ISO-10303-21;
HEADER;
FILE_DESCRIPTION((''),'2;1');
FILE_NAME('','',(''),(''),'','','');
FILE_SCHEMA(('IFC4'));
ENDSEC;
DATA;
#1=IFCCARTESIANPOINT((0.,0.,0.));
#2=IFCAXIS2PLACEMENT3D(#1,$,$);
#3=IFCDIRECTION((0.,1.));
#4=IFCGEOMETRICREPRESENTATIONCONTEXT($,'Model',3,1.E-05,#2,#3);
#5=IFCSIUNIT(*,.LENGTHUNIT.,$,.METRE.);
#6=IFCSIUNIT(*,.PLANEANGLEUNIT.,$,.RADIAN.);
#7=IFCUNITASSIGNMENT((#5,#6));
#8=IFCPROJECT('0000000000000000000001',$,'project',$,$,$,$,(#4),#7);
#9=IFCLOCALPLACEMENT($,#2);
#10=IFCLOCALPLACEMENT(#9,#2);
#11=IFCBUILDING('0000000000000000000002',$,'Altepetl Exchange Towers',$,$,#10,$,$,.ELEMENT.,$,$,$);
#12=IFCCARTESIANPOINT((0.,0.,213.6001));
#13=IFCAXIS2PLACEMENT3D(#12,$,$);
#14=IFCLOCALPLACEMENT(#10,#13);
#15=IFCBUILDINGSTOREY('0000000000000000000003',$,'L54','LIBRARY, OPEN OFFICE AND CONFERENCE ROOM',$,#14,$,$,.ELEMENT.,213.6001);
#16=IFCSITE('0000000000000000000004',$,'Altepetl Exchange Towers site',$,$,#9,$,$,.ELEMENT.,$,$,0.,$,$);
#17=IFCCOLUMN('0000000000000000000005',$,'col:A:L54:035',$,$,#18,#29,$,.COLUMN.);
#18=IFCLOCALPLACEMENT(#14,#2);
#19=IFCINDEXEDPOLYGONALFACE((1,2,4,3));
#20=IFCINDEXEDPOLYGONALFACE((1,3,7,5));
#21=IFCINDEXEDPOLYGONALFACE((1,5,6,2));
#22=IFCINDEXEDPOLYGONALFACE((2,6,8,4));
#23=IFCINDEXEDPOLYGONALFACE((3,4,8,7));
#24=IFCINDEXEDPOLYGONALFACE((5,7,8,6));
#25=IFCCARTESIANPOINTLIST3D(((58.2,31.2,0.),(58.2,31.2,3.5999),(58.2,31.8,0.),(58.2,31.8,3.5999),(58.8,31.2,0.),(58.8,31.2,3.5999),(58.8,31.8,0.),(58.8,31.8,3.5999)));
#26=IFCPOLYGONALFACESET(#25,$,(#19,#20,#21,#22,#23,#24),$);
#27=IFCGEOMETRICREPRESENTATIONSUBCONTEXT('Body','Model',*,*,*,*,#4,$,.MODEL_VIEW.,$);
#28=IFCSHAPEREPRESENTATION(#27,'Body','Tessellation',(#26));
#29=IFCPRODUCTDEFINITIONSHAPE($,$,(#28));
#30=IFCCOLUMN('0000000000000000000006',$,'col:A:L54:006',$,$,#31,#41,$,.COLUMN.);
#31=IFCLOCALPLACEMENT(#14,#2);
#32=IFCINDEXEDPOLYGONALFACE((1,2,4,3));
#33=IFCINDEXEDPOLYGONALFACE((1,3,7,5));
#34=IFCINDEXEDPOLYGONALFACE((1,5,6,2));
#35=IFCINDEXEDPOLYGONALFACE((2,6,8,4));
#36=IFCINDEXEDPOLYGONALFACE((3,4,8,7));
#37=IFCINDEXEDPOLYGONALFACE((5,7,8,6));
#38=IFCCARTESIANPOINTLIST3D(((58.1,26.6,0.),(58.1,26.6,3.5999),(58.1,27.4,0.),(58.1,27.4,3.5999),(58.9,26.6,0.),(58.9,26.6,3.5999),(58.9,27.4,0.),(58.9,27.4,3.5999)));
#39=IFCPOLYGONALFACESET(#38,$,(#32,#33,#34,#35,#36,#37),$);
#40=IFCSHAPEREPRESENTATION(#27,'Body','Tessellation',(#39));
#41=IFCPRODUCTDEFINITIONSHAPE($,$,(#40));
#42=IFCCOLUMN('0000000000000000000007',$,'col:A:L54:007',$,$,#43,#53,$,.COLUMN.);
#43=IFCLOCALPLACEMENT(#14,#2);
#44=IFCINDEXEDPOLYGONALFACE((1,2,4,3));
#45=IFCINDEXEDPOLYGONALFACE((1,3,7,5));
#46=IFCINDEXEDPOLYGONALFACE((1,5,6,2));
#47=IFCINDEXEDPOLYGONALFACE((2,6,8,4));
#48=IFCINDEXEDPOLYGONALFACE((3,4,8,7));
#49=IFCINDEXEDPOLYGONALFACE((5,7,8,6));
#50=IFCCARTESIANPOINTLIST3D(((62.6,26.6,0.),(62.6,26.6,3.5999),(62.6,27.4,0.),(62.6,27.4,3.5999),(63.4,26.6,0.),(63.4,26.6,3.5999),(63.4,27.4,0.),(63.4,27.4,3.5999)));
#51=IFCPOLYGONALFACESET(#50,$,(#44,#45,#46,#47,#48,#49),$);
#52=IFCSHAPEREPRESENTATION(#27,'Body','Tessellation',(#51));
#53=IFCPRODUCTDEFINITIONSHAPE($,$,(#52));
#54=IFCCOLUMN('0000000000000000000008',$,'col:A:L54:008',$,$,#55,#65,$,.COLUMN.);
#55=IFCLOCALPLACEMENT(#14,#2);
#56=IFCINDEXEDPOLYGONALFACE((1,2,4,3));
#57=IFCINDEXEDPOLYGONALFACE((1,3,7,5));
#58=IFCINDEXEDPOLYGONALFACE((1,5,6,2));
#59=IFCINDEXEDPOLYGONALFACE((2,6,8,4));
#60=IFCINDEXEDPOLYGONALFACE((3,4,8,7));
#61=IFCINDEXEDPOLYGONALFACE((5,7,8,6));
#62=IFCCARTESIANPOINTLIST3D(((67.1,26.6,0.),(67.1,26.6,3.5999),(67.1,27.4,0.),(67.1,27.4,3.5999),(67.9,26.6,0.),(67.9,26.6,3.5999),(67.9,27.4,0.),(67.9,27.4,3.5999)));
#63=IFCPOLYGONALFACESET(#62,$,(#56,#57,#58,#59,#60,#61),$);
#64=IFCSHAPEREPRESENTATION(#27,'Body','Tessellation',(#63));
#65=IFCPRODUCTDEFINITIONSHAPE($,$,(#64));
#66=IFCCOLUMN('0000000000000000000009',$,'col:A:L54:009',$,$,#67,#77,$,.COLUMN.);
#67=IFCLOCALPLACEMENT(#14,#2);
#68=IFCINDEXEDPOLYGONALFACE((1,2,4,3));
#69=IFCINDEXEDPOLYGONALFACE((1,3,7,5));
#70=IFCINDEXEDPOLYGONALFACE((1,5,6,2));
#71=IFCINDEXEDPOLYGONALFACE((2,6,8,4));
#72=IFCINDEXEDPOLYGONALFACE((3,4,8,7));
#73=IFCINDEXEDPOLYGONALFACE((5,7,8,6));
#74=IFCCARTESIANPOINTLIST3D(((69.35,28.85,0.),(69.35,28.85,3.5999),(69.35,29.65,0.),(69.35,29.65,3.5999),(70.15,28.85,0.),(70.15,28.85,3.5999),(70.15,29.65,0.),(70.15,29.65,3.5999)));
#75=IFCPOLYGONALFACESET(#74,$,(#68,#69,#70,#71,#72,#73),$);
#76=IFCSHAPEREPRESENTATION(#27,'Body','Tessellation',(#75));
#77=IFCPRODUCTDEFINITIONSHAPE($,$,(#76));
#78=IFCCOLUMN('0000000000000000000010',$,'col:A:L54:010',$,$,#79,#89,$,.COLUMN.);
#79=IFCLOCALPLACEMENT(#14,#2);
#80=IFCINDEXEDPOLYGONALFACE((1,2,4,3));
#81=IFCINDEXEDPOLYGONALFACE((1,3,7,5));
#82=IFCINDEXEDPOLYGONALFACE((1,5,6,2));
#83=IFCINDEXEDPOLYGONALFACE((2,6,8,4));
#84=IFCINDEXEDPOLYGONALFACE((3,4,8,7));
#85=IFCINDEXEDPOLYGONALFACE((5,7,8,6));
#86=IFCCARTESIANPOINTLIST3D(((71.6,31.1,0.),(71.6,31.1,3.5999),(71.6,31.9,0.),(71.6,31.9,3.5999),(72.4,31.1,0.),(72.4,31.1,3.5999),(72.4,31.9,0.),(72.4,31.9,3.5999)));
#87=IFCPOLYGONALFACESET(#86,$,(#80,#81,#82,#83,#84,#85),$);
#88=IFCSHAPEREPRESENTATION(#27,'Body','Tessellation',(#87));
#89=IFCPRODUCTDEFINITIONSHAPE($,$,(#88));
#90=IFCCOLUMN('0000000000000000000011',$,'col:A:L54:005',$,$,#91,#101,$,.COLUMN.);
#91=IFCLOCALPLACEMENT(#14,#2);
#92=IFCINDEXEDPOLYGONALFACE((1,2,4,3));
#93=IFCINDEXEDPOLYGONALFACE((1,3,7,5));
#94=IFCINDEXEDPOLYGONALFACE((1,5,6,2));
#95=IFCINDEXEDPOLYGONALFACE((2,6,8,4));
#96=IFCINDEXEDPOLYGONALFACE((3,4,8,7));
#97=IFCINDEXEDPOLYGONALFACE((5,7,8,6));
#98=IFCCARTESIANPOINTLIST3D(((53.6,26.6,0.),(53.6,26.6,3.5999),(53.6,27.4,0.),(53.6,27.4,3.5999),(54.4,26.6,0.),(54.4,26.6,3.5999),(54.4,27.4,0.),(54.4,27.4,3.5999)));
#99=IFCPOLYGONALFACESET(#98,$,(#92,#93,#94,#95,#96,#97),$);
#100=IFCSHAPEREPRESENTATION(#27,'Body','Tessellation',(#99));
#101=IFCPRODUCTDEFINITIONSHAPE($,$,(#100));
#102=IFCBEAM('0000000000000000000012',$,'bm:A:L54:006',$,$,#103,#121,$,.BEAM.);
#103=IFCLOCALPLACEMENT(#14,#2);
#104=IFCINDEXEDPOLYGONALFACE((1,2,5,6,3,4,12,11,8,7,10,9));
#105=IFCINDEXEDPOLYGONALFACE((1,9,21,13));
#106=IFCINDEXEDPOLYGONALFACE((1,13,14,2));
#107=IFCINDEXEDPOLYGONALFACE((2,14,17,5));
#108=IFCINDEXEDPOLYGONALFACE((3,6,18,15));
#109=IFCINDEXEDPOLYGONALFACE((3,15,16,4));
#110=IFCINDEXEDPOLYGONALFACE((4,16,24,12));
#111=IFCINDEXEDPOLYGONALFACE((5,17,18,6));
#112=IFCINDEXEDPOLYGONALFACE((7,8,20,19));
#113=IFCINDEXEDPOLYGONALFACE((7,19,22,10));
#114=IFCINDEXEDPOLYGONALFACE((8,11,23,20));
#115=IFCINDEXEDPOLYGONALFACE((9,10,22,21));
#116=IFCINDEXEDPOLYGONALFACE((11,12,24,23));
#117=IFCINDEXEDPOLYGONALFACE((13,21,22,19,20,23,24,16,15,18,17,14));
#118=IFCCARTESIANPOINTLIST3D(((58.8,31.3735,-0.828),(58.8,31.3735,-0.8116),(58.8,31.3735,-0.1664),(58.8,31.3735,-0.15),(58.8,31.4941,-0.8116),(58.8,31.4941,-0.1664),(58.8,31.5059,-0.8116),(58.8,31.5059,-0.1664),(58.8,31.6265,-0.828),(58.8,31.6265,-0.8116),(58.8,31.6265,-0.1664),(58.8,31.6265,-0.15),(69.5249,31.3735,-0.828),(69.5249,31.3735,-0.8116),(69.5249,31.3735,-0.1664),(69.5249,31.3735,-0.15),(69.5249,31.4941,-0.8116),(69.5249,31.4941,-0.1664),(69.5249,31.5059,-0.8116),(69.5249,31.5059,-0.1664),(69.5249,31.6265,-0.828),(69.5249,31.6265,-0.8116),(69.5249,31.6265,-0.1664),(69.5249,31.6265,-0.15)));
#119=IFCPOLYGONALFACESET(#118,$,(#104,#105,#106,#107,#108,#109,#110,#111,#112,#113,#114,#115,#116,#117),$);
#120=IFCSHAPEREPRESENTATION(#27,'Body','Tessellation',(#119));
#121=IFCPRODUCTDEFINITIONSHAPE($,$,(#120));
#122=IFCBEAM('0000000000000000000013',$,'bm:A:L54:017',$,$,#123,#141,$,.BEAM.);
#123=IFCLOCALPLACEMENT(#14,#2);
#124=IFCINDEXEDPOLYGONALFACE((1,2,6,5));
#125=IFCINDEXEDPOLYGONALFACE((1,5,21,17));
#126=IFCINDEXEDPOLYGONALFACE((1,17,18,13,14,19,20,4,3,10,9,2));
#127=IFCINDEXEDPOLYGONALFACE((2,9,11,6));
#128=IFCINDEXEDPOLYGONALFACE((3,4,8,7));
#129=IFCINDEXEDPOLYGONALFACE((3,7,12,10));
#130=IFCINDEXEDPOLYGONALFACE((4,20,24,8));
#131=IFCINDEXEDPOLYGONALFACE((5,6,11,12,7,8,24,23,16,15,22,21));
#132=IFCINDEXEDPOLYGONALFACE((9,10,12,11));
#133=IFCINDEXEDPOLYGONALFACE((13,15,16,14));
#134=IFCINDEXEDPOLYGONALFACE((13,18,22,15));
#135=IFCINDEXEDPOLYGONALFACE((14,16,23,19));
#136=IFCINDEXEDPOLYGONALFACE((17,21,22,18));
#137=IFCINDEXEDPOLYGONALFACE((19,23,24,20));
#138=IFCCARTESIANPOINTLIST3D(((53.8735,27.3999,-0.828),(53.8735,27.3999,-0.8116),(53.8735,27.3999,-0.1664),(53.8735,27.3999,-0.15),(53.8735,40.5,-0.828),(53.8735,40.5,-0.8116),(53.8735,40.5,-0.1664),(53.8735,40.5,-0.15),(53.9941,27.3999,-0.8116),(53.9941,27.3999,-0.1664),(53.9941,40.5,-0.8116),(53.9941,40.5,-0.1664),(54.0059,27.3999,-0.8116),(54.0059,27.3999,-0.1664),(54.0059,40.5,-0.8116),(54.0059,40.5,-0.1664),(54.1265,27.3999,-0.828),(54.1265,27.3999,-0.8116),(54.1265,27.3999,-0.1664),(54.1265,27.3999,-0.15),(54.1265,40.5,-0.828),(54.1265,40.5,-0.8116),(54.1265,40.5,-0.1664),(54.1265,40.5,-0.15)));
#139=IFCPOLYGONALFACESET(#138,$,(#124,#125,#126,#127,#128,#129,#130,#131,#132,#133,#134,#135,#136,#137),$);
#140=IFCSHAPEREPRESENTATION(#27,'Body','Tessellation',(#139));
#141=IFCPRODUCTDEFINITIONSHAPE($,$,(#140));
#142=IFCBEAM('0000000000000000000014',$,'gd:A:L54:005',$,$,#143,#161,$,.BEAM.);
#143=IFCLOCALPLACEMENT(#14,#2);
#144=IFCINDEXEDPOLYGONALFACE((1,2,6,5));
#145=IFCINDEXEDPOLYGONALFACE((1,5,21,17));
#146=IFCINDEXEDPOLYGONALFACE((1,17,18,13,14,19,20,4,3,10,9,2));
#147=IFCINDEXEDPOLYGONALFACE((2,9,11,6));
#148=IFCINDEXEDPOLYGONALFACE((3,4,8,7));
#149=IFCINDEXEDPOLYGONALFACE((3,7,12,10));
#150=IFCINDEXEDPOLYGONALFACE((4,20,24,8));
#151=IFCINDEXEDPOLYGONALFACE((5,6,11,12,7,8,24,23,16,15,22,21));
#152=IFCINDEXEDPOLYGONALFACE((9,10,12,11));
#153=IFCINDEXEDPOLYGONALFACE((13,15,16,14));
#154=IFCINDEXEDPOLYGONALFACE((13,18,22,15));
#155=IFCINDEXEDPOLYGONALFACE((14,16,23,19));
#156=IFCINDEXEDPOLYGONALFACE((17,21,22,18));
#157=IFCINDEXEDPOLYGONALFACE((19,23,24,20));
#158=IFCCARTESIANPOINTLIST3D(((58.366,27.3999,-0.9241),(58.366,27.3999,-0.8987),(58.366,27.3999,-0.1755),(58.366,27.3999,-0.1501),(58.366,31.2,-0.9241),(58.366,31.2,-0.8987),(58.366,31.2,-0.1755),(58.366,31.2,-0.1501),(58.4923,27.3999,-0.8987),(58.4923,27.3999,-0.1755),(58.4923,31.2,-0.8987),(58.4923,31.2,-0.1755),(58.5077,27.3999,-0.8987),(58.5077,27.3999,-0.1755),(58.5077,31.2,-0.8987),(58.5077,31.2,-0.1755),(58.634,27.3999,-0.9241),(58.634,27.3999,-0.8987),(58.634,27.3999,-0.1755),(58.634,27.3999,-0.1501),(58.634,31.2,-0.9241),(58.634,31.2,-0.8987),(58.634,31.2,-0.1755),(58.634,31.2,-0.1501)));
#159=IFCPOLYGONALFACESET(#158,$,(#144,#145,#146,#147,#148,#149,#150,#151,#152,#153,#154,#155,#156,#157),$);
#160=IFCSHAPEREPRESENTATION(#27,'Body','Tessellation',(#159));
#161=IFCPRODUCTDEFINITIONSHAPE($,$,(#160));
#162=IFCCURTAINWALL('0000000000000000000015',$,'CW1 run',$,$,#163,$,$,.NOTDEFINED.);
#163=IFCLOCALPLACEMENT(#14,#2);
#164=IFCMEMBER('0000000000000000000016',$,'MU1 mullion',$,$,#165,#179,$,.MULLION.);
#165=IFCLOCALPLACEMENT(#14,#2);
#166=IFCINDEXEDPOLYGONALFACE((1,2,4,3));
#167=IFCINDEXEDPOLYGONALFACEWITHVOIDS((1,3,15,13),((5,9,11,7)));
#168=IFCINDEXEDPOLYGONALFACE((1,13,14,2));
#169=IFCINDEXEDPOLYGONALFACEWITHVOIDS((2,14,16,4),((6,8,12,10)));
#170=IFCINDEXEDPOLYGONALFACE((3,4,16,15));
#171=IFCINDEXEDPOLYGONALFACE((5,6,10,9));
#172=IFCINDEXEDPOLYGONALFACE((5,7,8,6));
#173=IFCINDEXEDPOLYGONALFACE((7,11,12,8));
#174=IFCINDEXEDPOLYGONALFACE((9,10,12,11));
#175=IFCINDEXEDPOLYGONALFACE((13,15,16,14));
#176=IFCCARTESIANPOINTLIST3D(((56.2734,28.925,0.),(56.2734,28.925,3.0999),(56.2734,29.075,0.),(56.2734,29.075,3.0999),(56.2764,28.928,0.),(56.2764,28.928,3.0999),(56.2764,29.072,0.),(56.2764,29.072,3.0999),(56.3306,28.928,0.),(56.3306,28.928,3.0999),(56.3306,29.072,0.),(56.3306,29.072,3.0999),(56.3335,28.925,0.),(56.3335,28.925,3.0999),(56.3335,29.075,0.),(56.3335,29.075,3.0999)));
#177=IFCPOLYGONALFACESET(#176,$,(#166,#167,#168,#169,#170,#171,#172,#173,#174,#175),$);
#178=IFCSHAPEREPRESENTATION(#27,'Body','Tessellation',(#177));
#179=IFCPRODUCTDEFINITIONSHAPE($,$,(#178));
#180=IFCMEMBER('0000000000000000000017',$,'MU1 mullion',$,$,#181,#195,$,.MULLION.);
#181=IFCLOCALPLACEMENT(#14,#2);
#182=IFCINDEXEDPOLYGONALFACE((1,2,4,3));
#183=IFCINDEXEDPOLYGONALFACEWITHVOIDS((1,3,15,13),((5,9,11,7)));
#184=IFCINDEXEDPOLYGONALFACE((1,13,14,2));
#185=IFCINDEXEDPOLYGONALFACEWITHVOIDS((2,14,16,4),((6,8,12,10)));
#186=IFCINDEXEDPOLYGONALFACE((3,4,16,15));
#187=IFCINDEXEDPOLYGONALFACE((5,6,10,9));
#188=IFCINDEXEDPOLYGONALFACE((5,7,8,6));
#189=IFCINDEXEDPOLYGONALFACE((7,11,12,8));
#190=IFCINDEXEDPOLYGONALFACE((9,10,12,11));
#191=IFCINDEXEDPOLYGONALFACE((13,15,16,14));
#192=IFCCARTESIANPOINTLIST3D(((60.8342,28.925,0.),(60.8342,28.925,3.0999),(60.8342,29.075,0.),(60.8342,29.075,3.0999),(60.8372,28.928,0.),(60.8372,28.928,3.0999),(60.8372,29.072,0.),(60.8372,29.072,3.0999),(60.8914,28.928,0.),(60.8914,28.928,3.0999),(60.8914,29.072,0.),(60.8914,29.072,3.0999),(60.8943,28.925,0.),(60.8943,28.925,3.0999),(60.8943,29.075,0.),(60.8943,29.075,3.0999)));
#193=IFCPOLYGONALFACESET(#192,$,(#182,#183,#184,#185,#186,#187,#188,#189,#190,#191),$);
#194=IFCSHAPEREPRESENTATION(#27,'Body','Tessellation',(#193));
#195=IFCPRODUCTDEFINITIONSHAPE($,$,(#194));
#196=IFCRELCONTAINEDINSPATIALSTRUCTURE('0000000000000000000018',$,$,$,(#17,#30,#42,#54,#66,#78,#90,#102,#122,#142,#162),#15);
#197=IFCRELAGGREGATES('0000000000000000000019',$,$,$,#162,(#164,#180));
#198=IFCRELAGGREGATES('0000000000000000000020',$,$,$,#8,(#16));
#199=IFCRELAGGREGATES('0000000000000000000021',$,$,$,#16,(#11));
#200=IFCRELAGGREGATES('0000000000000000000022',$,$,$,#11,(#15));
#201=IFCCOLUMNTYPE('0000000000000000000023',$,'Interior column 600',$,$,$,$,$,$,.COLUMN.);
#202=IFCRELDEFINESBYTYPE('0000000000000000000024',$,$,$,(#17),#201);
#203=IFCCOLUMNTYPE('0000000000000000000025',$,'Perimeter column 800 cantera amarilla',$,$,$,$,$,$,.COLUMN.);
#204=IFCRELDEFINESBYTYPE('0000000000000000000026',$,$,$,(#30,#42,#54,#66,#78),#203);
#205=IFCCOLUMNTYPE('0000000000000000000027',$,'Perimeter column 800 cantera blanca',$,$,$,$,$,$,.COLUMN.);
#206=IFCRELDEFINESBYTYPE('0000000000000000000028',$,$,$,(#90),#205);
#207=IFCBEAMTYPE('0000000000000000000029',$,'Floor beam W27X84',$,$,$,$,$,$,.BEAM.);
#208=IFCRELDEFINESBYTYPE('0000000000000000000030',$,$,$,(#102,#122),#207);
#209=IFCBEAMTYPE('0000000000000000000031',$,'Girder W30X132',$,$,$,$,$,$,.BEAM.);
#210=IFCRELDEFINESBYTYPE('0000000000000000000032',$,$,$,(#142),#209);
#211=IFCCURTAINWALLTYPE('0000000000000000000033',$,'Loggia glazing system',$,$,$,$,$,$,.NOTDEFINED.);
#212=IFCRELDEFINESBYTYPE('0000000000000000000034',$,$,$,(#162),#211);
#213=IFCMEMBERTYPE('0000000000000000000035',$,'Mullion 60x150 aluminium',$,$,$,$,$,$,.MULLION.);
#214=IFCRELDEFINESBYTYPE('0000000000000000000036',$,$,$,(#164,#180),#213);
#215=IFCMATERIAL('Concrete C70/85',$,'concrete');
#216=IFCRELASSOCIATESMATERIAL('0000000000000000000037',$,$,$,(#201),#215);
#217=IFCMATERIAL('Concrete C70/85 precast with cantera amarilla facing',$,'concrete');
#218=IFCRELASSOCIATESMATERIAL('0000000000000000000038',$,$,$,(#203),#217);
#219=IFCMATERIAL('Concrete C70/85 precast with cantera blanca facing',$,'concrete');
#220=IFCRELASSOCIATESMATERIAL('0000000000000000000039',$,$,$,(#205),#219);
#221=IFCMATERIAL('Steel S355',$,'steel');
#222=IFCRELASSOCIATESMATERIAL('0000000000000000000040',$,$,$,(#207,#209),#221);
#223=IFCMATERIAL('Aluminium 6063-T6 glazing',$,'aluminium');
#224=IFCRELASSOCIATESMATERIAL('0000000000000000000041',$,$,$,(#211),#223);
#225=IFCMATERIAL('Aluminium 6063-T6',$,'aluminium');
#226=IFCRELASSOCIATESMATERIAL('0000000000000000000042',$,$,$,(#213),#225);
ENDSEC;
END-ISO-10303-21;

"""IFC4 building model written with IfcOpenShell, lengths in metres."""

from ifc_helpers import new_model, si_unit, direction, frame, origin, origin_2d, place, context, subcontext, project, spatial, rectangle, hollow_rectangle, i_section, extrude, material, material_profile, profile_set, type_object, element, aggregate, save


model = new_model("IFC4")

# Units and contexts
model_context = context("Model", 3, precision=1e-05, world=origin(), true_north=direction((0.0, 1.0)))
body_context = subcontext(model_context, "Body", "Model", "MODEL_VIEW")
ifc_project = project(units=[si_unit("LENGTHUNIT", "METRE"), si_unit("PLANEANGLEUNIT", "RADIAN")], contexts=[model_context])

# Site, building, storey
site_placement = place(None, origin())
site = spatial("IfcSite", under=ifc_project, at=site_placement, Name="Altepetl Exchange Towers site", CompositionType="ELEMENT", RefElevation=0.0)
building_placement = place(site_placement, origin())
building = spatial("IfcBuilding", under=site, at=building_placement, Name="Altepetl Exchange Towers", CompositionType="ELEMENT")
storey_placement = place(building_placement, frame((0.0, 0.0, 213.6001)))
storey = spatial("IfcBuildingStorey", under=building, at=storey_placement, Name="L54", Description="LIBRARY, OPEN OFFICE AND CONFERENCE ROOM", CompositionType="ELEMENT", Elevation=213.6001)

# Columns
ifc_material_1 = material(Name="Concrete C70/85", Category="concrete")
ifc_material_profile_1 = material_profile(ifc_material_1, rectangle(XDim=0.6001, YDim=0.6001, at=origin_2d()), Name="600 x 600")
ifc_profile_set_1 = profile_set([ifc_material_profile_1], Name="Concrete C70/85")
column_type_1 = type_object("IfcColumnType", Name="Interior column 600", PredefinedType="COLUMN", material=ifc_profile_set_1)
column_1_placement = place(storey_placement, frame((58.5, 31.5, 0.0)))
element("IfcColumn", 1, at=column_1_placement, inside=storey, type_object=column_type_1, Name="col:A:L54:035", PredefinedType="COLUMN", context=body_context, shape_type="SweptSolid", body=[
    extrude(rectangle(XDim=0.6001, YDim=0.6001, at=origin_2d()), origin(), (0.0, 0.0, 1.0), 3.5999),
])
ifc_material_2 = material(Name="Concrete C70/85 precast with cantera amarilla facing", Category="concrete")
ifc_material_profile_2 = material_profile(ifc_material_2, rectangle(XDim=0.8, YDim=0.8, at=origin_2d()), Name="800 x 800")
ifc_profile_set_2 = profile_set([ifc_material_profile_2], Name="Concrete C70/85 precast with cantera amarilla facing")
column_type_2 = type_object("IfcColumnType", Name="Perimeter column 800 cantera amarilla", PredefinedType="COLUMN", material=ifc_profile_set_2)
for number, where, name in (
    (2, (58.5, 27.0, 0.0), "col:A:L54:006"),
    (3, (63.0, 27.0, 0.0), "col:A:L54:007"),
    (4, (67.5, 27.0, 0.0), "col:A:L54:008"),
    (5, (69.75, 29.25, 0.0), "col:A:L54:009"),
    (6, (72.0, 31.5, 0.0), "col:A:L54:010"),
):
    element("IfcColumn", number, at=place(storey_placement, frame(where)), inside=storey, type_object=column_type_2, Name=name, PredefinedType="COLUMN", context=body_context, shape_type="SweptSolid", body=[
        extrude(rectangle(XDim=0.8, YDim=0.8, at=origin_2d()), origin(), (0.0, 0.0, 1.0), 3.5999),
    ])
ifc_material_3 = material(Name="Concrete C70/85 precast with cantera blanca facing", Category="concrete")
ifc_material_profile_3 = material_profile(ifc_material_3, rectangle(XDim=0.8, YDim=0.8, at=origin_2d()), Name="800 x 800")
ifc_profile_set_3 = profile_set([ifc_material_profile_3], Name="Concrete C70/85 precast with cantera blanca facing")
column_type_3 = type_object("IfcColumnType", Name="Perimeter column 800 cantera blanca", PredefinedType="COLUMN", material=ifc_profile_set_3)
column_2_placement = place(storey_placement, frame((54.0, 27.0, 0.0)))
element("IfcColumn", 7, at=column_2_placement, inside=storey, type_object=column_type_3, Name="col:A:L54:005", PredefinedType="COLUMN", context=body_context, shape_type="SweptSolid", body=[
    extrude(rectangle(XDim=0.8, YDim=0.8, at=origin_2d()), origin(), (0.0, 0.0, 1.0), 3.5999),
])

# Beams
ifc_material_4 = material(Name="Steel S355", Category="steel")
ifc_material_profile_4 = material_profile(ifc_material_4, i_section(OverallWidth=0.2529, OverallDepth=0.678, WebThickness=0.0117, FlangeThickness=0.0164, at=origin_2d()), Name="W27X84")
ifc_profile_set_4 = profile_set([ifc_material_profile_4], Name="Steel S355")
beam_type_1 = type_object("IfcBeamType", Name="Floor beam W27X84", PredefinedType="BEAM", material=ifc_profile_set_4)
beam_1_placement = place(storey_placement, frame((58.8, 31.5, -0.489), z_axis=(1.0, 0.0, 0.0), x_axis=(0.0, 1.0, 0.0)))
element("IfcBeam", 8, at=beam_1_placement, inside=storey, type_object=beam_type_1, Name="bm:A:L54:006", PredefinedType="BEAM", context=body_context, shape_type="SweptSolid", body=[
    extrude(i_section(OverallWidth=0.2529, OverallDepth=0.678, WebThickness=0.0117, FlangeThickness=0.0164, at=origin_2d()), origin(), (0.0, 0.0, 1.0), 10.7249),
])
beam_2_placement = place(storey_placement, frame((54.0, 27.3999, -0.489), z_axis=(0.0, 1.0, 0.0), x_axis=(-1.0, 0.0, 0.0)))
element("IfcBeam", 9, at=beam_2_placement, inside=storey, type_object=beam_type_1, Name="bm:A:L54:017", PredefinedType="BEAM", context=body_context, shape_type="SweptSolid", body=[
    extrude(i_section(OverallWidth=0.2529, OverallDepth=0.678, WebThickness=0.0117, FlangeThickness=0.0164, at=origin_2d()), origin(), (0.0, 0.0, 1.0), 13.1001),
])
ifc_material_profile_5 = material_profile(ifc_material_4, i_section(OverallWidth=0.2681, OverallDepth=0.7739, WebThickness=0.0154, FlangeThickness=0.0254, at=origin_2d()), Name="W30X132")
ifc_profile_set_5 = profile_set([ifc_material_profile_5], Name="Steel S355")
beam_type_2 = type_object("IfcBeamType", Name="Girder W30X132", PredefinedType="BEAM", material=ifc_profile_set_5)
beam_3_placement = place(storey_placement, frame((58.5, 31.2, -0.5371), z_axis=(0.0, -1.0, 0.0), x_axis=(1.0, 0.0, 0.0)))
element("IfcBeam", 10, at=beam_3_placement, inside=storey, type_object=beam_type_2, Name="gd:A:L54:005", PredefinedType="BEAM", context=body_context, shape_type="SweptSolid", body=[
    extrude(i_section(OverallWidth=0.2681, OverallDepth=0.7739, WebThickness=0.0154, FlangeThickness=0.0254, at=origin_2d()), origin(), (0.0, 0.0, 1.0), 3.8),
])

# Curtain wall, members
ifc_material_5 = material(Name="Aluminium 6063-T6 glazing", Category="aluminium")
curtain_wall_type = type_object("IfcCurtainWallType", Name="Loggia glazing system", PredefinedType="NOTDEFINED", material=ifc_material_5)
curtain_wall_1_placement = place(storey_placement, origin())
curtain_wall_1 = element("IfcCurtainWall", 11, at=curtain_wall_1_placement, inside=storey, type_object=curtain_wall_type, Name="CW1 run", PredefinedType="NOTDEFINED")
ifc_material_6 = material(Name="Aluminium 6063-T6", Category="aluminium")
ifc_material_profile_6 = material_profile(ifc_material_6, hollow_rectangle(XDim=0.0601, YDim=0.1499, WallThickness=0.0029, at=origin_2d()), Name="Mullion 60x150 aluminium")
ifc_profile_set_6 = profile_set([ifc_material_profile_6], Name="Aluminium 6063-T6")
member_type = type_object("IfcMemberType", Name="Mullion 60x150 aluminium", PredefinedType="MULLION", material=ifc_profile_set_6)
member_1_placement = place(storey_placement, frame((56.3035, 29.0, 0.0)))
member_1 = element("IfcMember", 12, at=member_1_placement, type_object=member_type, Name="MU1 mullion", PredefinedType="MULLION", context=body_context, shape_type="SweptSolid", body=[
    extrude(hollow_rectangle(XDim=0.0601, YDim=0.1499, WallThickness=0.0029, at=origin_2d()), origin(), (0.0, 0.0, 1.0), 3.0999),
])
member_2_placement = place(storey_placement, frame((60.8643, 29.0, 0.0)))
member_2 = element("IfcMember", 13, at=member_2_placement, type_object=member_type, Name="MU1 mullion", PredefinedType="MULLION", context=body_context, shape_type="SweptSolid", body=[
    extrude(hollow_rectangle(XDim=0.0601, YDim=0.1499, WallThickness=0.0029, at=origin_2d()), origin(), (0.0, 0.0, 1.0), 3.0999),
])

aggregate(curtain_wall_1, [member_1, member_2])

save(model, "model.ifc")
